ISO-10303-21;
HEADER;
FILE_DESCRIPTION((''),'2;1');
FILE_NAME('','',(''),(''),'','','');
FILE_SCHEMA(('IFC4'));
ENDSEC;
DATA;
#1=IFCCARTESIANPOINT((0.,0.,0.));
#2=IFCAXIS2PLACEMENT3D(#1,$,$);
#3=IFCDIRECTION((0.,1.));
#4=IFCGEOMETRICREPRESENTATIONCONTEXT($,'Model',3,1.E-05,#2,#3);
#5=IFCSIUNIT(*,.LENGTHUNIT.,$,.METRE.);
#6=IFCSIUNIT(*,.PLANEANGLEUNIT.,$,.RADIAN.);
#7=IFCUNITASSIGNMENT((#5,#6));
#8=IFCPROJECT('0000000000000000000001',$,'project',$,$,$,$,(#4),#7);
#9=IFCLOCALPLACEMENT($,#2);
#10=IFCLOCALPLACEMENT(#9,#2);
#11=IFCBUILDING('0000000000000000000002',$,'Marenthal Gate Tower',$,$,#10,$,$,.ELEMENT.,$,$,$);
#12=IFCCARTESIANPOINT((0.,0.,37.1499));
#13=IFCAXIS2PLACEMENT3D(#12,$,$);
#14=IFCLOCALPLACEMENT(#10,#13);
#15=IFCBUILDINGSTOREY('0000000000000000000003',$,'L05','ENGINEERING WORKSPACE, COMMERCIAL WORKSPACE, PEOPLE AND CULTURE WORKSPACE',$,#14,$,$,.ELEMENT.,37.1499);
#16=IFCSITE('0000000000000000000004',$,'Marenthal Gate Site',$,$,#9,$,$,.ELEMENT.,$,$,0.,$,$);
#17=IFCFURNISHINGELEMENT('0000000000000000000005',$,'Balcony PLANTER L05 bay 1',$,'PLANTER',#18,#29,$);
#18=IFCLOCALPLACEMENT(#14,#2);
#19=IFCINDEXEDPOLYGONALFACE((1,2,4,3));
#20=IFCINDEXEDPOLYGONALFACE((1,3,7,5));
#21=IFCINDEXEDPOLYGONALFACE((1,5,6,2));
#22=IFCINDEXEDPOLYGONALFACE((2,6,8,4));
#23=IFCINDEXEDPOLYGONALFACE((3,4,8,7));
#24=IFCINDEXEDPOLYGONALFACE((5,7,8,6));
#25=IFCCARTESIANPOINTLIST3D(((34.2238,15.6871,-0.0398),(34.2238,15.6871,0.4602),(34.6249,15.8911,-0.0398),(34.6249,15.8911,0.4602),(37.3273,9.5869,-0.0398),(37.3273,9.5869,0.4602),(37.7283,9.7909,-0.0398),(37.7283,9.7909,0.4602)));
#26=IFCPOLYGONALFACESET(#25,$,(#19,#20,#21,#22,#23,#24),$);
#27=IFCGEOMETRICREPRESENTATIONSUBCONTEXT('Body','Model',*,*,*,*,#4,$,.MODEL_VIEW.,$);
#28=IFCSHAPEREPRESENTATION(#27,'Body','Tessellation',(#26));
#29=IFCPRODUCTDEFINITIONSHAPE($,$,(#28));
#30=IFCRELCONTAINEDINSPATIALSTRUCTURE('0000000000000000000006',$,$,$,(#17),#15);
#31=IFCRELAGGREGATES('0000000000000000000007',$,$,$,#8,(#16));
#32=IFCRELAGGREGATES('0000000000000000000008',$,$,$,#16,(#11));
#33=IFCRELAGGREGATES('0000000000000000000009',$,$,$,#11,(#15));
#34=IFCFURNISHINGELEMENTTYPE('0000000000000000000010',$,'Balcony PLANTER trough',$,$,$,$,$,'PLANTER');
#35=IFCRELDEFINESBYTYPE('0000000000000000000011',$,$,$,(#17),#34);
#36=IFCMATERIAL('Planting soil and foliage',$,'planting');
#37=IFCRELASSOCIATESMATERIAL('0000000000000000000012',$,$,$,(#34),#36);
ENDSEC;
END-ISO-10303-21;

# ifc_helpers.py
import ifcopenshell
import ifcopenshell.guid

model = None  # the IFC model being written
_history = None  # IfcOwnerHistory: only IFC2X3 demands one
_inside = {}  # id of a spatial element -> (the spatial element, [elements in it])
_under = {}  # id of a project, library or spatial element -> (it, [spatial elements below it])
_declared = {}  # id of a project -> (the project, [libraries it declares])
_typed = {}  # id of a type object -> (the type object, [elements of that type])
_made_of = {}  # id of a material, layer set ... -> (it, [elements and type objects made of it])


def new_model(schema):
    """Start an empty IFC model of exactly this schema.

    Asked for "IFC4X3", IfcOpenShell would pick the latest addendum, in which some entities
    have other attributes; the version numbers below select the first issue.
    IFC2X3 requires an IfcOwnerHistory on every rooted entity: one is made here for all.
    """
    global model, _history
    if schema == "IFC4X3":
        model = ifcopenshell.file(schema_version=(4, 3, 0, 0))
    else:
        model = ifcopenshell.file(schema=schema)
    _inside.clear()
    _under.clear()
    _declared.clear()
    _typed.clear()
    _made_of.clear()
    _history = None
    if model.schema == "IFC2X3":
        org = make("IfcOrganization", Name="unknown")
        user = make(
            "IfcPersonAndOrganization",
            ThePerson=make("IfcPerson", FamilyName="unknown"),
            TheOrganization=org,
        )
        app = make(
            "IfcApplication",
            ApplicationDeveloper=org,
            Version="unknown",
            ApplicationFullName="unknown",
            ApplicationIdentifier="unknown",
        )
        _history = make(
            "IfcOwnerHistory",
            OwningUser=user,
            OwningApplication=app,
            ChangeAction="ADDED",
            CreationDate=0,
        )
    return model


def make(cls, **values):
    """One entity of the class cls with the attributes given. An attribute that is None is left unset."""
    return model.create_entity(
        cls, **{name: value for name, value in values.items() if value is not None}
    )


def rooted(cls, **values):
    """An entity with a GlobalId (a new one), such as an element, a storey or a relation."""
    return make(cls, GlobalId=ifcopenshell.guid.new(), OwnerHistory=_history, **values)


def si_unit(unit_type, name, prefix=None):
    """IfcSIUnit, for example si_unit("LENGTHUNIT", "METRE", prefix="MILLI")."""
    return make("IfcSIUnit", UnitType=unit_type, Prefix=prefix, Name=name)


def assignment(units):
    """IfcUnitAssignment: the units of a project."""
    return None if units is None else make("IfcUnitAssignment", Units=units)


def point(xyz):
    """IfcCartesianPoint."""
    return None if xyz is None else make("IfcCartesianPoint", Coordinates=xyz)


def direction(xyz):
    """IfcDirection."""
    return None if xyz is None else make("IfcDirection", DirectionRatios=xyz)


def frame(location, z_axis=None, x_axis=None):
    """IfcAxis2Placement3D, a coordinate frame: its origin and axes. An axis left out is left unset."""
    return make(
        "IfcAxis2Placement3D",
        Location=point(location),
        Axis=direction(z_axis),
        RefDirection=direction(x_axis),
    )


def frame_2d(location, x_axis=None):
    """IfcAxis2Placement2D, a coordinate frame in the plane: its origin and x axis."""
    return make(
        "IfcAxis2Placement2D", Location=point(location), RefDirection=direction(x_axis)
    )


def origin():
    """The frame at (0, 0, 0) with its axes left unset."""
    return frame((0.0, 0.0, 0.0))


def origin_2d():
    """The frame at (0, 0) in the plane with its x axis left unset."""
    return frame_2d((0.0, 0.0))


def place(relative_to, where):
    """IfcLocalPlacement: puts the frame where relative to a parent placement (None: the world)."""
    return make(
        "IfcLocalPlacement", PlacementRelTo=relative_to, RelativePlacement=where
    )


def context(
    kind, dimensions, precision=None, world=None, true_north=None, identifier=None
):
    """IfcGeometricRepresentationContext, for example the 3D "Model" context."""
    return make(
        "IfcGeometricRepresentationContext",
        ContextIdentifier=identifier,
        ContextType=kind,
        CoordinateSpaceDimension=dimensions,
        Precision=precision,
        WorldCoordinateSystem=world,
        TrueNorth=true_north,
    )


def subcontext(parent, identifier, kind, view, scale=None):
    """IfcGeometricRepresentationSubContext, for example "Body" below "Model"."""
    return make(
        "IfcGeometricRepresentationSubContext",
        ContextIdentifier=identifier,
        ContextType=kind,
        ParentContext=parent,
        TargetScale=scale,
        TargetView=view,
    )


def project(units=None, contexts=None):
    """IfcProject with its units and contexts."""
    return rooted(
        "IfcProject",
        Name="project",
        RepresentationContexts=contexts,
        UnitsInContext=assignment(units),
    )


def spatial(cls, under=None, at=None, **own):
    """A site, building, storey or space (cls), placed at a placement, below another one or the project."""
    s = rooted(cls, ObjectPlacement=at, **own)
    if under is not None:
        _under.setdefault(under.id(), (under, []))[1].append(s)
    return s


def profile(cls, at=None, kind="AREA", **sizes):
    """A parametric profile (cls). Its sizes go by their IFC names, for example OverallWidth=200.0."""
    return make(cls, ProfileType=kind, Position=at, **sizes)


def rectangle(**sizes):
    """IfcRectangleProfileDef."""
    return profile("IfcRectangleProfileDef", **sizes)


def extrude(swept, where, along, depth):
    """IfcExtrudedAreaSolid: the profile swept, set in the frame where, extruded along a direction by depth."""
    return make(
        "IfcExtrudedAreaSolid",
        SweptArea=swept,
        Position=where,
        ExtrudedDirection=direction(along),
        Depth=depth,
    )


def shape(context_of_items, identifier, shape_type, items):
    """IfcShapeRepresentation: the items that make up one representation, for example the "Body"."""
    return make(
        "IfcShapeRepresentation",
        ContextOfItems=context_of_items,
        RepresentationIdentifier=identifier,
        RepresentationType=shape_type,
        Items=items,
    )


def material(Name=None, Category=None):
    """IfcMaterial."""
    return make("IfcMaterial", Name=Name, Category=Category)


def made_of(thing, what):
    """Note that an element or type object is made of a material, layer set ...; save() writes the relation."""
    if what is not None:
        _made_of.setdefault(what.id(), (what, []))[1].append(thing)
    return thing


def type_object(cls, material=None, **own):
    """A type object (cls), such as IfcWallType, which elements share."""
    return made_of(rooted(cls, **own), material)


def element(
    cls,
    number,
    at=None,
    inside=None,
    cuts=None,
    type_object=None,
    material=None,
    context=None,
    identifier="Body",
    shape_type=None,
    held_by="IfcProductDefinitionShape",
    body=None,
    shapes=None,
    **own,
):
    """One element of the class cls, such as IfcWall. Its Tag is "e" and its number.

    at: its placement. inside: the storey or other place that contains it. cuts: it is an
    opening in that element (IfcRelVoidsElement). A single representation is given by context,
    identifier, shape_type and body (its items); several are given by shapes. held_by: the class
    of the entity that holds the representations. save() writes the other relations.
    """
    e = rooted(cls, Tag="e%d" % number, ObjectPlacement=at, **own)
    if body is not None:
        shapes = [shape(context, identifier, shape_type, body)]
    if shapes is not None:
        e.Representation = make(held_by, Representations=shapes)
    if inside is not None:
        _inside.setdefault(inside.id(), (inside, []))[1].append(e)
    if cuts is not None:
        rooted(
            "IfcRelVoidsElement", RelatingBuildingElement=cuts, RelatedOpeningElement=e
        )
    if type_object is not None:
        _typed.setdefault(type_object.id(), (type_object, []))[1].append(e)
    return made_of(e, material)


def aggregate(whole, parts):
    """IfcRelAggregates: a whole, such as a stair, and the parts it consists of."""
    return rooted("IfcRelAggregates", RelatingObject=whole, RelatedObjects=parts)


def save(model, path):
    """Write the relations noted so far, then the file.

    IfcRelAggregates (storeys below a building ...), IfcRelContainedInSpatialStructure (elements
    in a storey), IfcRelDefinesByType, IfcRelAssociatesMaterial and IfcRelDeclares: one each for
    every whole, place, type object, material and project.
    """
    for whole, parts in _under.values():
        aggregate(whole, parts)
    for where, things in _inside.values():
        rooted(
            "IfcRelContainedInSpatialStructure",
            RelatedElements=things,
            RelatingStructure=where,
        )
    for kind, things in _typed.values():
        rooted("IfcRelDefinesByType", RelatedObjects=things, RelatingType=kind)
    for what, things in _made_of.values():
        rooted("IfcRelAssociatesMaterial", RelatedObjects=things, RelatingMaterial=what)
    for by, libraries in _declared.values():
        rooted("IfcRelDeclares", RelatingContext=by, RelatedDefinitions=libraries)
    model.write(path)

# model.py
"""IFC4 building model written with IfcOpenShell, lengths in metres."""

from ifc_helpers import new_model, si_unit, direction, frame, origin, origin_2d, place, context, subcontext, project, spatial, rectangle, extrude, material, type_object, element, save


model = new_model("IFC4")

# Units and contexts
model_context = context("Model", 3, precision=1e-05, world=origin(), true_north=direction((0.0, 1.0)))
body_context = subcontext(model_context, "Body", "Model", "MODEL_VIEW")
ifc_project = project(units=[si_unit("LENGTHUNIT", "METRE"), si_unit("PLANEANGLEUNIT", "RADIAN")], contexts=[model_context])

# Site, building, storey
site_placement = place(None, origin())
site = spatial("IfcSite", under=ifc_project, at=site_placement, Name="Marenthal Gate Site", CompositionType="ELEMENT", RefElevation=0.0)
building_placement = place(site_placement, origin())
building = spatial("IfcBuilding", under=site, at=building_placement, Name="Marenthal Gate Tower", CompositionType="ELEMENT")
storey_placement = place(building_placement, frame((0.0, 0.0, 37.1499)))
storey = spatial("IfcBuildingStorey", under=building, at=storey_placement, Name="L05", Description="ENGINEERING WORKSPACE, COMMERCIAL WORKSPACE, PEOPLE AND CULTURE WORKSPACE", CompositionType="ELEMENT", Elevation=37.1499)

# Furnishing element
ifc_material_1 = material(Name="Planting soil and foliage", Category="planting")
furnishing_element_type = type_object("IfcFurnishingElementType", Name="Balcony PLANTER trough", ElementType="PLANTER", material=ifc_material_1)
furnishing_placement = place(storey_placement, frame((35.9761, 12.739, -0.0398), z_axis=(0.0, 0.0, 1.0), x_axis=(-0.453437, 0.891288, 0.0)))
element("IfcFurnishingElement", 1, at=furnishing_placement, inside=storey, type_object=furnishing_element_type, Name="Balcony PLANTER L05 bay 1", ObjectType="PLANTER", context=body_context, shape_type="SweptSolid", body=[
    extrude(rectangle(XDim=6.8442, YDim=0.45, at=origin_2d()), origin(), (0.0, 0.0, 1.0), 0.5),
])

save(model, "model.ifc")
